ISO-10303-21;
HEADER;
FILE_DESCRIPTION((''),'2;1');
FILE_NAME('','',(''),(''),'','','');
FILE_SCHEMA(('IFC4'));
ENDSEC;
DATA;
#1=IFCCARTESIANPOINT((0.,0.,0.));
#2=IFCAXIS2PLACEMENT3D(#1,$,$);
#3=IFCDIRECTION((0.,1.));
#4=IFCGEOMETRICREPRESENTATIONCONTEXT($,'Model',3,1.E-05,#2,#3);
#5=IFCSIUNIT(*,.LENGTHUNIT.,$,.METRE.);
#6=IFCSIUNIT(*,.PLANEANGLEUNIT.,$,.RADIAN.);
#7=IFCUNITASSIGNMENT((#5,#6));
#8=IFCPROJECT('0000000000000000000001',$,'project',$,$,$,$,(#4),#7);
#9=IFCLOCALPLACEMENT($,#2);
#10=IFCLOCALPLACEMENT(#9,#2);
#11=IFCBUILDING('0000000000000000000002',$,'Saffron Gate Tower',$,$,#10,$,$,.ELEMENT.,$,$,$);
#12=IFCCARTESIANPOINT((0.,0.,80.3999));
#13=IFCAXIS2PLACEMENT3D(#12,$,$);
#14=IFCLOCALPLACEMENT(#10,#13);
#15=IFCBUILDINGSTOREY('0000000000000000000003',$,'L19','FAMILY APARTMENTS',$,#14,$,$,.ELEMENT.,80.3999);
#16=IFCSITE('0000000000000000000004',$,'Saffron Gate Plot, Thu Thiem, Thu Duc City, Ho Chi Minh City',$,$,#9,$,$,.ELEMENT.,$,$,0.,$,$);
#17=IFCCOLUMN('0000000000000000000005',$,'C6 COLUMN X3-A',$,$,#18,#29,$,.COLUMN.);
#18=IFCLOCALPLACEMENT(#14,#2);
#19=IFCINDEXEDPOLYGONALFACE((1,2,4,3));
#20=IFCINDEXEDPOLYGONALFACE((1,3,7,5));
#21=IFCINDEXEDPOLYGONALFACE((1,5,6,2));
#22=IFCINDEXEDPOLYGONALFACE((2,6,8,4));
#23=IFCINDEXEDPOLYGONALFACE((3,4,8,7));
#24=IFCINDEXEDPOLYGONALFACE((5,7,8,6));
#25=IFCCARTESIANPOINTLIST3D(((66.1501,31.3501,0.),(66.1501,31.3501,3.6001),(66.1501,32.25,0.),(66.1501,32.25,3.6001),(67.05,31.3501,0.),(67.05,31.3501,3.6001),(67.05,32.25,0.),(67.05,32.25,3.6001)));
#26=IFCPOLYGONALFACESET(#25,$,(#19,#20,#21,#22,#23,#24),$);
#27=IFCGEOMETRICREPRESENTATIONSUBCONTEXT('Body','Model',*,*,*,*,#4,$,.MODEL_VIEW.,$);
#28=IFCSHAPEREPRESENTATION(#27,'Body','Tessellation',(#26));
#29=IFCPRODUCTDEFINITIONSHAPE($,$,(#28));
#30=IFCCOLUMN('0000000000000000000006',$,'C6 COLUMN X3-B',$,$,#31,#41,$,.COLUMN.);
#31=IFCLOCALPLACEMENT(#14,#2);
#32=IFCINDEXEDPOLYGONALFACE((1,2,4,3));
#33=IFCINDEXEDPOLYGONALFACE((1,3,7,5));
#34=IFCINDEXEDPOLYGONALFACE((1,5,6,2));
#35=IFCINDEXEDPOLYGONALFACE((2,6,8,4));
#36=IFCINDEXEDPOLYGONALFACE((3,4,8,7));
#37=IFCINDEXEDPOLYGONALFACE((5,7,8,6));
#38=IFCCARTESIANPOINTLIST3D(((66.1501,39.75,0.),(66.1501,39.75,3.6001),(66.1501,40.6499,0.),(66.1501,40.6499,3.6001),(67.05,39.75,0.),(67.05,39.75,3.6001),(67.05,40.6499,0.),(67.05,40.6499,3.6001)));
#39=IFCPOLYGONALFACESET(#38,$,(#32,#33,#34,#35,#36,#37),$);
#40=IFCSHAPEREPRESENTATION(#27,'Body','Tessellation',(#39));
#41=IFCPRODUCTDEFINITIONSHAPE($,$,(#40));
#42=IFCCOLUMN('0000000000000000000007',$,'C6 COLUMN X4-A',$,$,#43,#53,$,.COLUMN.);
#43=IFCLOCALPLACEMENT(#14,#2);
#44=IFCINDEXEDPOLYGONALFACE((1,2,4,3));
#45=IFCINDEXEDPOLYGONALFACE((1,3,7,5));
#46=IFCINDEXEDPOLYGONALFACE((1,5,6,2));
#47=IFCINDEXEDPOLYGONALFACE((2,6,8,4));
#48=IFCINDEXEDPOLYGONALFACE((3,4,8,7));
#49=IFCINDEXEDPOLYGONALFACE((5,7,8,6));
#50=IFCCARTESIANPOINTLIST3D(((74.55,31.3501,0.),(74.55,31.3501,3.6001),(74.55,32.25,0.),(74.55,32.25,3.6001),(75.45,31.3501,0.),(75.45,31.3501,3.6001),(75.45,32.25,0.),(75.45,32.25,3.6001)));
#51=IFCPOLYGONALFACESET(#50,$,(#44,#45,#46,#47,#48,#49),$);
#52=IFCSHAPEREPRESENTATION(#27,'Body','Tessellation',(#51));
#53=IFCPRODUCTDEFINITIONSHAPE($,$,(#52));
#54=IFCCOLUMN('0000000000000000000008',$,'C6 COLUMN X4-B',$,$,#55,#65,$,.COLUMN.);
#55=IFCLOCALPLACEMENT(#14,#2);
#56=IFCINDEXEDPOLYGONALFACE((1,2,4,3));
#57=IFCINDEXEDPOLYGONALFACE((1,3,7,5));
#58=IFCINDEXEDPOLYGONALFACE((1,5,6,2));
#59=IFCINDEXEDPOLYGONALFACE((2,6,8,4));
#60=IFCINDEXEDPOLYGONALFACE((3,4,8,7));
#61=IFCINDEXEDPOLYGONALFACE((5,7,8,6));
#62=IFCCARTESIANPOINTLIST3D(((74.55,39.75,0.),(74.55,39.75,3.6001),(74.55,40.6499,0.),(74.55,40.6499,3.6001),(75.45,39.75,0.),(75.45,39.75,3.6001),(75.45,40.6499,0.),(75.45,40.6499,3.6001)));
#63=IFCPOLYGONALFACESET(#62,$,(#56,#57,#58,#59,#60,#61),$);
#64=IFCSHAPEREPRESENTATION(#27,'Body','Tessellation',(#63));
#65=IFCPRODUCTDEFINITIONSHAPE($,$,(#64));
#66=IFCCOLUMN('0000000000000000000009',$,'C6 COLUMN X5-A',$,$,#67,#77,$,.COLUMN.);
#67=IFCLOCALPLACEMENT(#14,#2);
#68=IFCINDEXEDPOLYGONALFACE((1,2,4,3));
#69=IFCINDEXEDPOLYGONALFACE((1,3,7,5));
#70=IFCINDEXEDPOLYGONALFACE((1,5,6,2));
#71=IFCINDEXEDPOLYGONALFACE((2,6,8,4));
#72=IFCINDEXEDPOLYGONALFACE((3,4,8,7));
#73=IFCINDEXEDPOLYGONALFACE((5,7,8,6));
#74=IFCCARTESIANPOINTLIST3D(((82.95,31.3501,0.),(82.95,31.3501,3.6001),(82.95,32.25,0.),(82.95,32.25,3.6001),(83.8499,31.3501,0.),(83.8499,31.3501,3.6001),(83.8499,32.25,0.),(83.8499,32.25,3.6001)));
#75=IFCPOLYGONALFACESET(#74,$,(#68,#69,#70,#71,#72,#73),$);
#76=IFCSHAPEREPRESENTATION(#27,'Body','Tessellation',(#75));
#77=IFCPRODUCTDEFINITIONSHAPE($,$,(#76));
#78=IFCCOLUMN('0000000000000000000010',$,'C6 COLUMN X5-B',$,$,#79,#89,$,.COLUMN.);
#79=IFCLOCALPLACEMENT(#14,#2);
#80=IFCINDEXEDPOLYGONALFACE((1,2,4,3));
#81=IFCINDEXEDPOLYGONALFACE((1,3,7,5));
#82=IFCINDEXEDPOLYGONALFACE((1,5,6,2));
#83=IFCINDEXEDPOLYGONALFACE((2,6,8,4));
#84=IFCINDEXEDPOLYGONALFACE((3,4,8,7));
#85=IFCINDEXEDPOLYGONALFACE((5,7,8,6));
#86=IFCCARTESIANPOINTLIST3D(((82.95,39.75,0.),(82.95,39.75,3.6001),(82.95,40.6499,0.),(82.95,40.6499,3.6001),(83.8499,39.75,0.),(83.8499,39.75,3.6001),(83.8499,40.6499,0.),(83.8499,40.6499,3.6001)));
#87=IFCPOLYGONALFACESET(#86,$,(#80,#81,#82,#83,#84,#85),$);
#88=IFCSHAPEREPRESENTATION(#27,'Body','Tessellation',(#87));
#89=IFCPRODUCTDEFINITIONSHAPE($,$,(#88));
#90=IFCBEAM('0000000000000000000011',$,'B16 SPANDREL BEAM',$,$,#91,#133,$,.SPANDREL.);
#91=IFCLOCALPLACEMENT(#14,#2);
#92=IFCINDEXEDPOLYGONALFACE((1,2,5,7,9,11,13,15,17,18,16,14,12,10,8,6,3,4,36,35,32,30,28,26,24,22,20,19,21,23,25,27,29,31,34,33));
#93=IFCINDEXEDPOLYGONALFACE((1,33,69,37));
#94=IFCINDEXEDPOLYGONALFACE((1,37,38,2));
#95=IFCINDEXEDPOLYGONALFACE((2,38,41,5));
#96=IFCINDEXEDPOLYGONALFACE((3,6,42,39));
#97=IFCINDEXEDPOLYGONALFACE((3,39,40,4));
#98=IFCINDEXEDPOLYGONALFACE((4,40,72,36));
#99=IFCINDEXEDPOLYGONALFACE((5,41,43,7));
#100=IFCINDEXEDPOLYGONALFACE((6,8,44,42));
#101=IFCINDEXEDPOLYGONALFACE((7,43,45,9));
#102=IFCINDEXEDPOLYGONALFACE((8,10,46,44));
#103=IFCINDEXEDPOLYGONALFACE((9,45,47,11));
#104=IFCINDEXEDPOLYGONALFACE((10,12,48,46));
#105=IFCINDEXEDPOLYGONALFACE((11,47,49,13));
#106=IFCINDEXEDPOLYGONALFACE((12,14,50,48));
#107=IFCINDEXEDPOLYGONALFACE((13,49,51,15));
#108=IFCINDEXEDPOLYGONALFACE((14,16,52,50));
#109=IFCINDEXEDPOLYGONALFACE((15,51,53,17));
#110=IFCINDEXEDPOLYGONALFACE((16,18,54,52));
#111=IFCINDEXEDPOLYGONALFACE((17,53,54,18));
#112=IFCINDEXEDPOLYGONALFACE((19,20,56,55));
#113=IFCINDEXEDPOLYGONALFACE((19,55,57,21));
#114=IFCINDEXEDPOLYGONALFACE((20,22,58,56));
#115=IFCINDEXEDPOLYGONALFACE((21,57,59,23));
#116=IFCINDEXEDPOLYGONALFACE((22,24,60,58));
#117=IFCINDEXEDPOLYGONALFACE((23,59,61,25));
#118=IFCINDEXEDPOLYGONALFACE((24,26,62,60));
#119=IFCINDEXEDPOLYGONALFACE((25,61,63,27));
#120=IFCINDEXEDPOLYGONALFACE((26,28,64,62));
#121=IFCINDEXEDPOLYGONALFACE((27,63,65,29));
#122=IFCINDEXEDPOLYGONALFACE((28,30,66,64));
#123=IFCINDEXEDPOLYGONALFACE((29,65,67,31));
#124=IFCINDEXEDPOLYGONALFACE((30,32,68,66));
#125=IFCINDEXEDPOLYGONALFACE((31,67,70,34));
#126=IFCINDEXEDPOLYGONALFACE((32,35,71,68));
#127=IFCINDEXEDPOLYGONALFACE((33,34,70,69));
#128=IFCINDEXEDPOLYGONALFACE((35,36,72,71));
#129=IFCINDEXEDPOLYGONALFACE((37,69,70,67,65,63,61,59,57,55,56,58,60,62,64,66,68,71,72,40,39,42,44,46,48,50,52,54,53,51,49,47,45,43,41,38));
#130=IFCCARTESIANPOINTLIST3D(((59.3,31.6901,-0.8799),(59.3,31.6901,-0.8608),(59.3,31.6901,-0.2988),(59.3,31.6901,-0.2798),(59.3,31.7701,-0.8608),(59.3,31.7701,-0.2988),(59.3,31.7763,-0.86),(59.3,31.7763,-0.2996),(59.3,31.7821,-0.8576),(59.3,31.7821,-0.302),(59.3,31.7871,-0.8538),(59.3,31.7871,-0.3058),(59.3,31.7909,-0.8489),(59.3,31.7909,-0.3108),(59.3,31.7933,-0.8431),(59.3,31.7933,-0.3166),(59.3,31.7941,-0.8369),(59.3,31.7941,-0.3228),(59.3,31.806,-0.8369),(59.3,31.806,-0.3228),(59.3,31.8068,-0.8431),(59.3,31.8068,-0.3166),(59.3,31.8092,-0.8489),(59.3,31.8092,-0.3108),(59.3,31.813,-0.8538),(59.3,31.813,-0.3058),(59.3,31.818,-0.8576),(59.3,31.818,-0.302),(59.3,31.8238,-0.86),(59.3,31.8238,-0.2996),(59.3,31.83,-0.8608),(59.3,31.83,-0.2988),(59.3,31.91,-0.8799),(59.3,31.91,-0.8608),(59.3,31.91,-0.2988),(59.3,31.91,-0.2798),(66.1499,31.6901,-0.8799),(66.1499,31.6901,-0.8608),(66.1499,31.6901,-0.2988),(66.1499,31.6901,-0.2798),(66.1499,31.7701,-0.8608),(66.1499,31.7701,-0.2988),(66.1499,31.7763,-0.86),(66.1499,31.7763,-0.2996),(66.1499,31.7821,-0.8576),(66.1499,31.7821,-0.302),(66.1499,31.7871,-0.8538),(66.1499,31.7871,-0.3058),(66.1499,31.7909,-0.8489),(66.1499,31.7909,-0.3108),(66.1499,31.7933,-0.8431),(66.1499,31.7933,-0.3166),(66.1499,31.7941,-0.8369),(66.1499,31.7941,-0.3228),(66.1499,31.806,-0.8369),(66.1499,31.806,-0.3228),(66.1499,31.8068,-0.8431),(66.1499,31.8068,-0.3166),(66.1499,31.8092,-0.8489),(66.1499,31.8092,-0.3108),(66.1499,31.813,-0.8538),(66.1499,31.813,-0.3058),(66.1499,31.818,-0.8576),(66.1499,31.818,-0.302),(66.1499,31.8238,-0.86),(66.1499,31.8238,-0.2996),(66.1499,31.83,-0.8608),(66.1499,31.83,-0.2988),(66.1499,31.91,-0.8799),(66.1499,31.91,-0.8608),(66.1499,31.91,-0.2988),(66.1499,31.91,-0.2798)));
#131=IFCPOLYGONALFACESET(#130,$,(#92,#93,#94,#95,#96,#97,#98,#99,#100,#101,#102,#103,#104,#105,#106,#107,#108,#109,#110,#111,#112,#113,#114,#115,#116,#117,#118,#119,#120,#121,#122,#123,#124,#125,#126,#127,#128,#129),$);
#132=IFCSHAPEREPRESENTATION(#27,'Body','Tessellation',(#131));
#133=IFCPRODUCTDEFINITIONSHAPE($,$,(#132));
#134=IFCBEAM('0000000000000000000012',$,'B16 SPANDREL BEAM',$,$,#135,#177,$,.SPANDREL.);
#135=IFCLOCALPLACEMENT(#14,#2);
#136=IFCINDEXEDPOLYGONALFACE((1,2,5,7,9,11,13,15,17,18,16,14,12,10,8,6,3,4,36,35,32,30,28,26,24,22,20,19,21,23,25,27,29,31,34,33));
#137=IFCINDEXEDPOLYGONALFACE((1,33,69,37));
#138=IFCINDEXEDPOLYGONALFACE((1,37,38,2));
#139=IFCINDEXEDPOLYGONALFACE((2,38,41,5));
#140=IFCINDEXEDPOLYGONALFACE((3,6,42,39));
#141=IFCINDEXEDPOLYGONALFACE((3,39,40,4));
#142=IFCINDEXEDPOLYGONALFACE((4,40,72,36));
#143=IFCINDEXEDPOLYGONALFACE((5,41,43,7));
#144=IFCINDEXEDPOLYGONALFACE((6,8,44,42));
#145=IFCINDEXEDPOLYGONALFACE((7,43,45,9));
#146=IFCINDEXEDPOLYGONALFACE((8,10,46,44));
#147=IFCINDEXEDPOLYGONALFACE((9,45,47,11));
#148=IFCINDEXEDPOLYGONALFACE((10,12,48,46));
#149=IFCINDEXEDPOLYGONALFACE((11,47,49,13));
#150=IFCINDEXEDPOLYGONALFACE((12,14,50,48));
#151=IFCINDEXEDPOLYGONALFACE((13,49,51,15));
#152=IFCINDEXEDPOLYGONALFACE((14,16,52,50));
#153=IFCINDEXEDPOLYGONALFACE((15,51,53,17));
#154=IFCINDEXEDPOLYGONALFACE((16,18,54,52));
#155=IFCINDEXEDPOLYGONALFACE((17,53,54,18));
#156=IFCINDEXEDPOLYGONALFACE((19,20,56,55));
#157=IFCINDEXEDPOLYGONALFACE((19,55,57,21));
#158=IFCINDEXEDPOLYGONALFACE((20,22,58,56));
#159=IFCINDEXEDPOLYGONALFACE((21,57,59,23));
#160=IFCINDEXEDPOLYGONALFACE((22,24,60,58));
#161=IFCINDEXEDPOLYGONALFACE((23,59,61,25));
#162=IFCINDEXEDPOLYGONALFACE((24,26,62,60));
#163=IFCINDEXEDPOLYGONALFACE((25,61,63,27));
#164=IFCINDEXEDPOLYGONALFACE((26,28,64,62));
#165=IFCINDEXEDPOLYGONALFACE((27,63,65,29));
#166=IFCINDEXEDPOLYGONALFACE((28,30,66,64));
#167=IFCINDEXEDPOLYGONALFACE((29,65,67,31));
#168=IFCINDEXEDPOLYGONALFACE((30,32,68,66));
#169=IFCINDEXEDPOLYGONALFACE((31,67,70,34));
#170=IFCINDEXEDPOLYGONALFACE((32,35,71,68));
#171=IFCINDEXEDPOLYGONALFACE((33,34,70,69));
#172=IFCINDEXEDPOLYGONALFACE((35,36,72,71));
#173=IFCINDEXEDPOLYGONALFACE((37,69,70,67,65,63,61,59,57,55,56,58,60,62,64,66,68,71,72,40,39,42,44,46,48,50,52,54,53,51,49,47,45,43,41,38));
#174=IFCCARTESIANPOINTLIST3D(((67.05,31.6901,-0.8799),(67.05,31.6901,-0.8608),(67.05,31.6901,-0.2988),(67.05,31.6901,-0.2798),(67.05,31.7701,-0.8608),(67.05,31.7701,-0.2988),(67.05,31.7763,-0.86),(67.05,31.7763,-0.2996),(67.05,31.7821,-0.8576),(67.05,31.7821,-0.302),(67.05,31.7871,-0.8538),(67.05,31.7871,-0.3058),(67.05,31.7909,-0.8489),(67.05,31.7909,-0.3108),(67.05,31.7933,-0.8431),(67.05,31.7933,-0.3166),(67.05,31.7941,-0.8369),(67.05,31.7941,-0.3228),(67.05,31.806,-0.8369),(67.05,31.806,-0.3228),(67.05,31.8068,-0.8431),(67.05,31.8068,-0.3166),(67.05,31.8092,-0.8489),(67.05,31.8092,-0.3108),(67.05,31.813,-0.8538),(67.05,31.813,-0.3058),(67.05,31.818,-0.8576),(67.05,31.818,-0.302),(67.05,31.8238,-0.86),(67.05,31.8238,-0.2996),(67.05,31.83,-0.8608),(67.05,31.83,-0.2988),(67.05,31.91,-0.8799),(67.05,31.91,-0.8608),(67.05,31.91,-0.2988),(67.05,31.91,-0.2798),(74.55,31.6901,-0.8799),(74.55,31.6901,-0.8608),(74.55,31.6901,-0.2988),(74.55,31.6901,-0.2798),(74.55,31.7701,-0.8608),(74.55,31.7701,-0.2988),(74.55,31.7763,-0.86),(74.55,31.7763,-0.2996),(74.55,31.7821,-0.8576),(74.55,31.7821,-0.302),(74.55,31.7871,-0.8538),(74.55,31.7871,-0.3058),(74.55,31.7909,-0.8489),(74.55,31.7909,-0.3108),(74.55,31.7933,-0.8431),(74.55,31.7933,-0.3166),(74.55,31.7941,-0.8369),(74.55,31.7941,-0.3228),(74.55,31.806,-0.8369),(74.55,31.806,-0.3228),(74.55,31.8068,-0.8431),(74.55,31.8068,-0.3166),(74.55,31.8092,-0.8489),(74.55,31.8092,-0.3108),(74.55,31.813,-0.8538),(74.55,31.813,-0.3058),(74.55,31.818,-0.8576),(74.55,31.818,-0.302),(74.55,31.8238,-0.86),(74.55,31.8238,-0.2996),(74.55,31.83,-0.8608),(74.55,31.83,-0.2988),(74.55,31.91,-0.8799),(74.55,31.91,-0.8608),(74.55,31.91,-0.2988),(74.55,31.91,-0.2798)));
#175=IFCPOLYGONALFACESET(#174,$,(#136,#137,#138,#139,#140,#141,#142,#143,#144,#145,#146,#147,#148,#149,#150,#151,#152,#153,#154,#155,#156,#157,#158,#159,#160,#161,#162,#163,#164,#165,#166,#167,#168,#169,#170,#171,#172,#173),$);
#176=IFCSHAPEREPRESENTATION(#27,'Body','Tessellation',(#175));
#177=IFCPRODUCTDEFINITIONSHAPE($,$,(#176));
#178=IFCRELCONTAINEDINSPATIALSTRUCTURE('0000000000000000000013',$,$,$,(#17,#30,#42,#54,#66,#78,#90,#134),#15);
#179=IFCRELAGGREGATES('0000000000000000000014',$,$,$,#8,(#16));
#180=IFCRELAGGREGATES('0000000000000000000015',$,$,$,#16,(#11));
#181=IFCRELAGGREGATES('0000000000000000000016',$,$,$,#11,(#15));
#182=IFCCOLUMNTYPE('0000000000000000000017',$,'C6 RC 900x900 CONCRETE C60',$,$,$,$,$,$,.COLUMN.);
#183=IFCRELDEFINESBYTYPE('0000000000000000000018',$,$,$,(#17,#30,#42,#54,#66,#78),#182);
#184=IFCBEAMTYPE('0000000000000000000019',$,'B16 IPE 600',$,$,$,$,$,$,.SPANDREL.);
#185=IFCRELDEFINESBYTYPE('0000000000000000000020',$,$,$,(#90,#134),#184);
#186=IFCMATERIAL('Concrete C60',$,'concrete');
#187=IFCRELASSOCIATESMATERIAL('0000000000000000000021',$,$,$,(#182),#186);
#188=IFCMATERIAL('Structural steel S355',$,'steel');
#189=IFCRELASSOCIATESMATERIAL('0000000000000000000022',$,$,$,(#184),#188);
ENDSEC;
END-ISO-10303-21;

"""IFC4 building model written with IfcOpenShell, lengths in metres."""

from ifc_helpers import new_model, si_unit, direction, frame, origin, origin_2d, place, context, subcontext, project, spatial, rectangle, i_section, extrude, material, material_profile, profile_set, type_object, element, save


model = new_model("IFC4")

# Units and contexts
model_context = context("Model", 3, precision=1e-05, world=origin(), true_north=direction((0.0, 1.0)))
body_context = subcontext(model_context, "Body", "Model", "MODEL_VIEW")
ifc_project = project(units=[si_unit("LENGTHUNIT", "METRE"), si_unit("PLANEANGLEUNIT", "RADIAN")], contexts=[model_context])

# Site, building, storey
site_placement = place(None, origin())
site = spatial("IfcSite", under=ifc_project, at=site_placement, Name="Saffron Gate Plot, Thu Thiem, Thu Duc City, Ho Chi Minh City", CompositionType="ELEMENT", RefElevation=0.0)
building_placement = place(site_placement, origin())
building = spatial("IfcBuilding", under=site, at=building_placement, Name="Saffron Gate Tower", CompositionType="ELEMENT")
storey_placement = place(building_placement, frame((0.0, 0.0, 80.3999)))
storey = spatial("IfcBuildingStorey", under=building, at=storey_placement, Name="L19", Description="FAMILY APARTMENTS", CompositionType="ELEMENT", Elevation=80.3999)

# Columns
ifc_material_1 = material(Name="Concrete C60", Category="concrete")
ifc_material_profile_1 = material_profile(ifc_material_1, rectangle(XDim=0.8999, YDim=0.8999, at=origin_2d()))
ifc_profile_set_1 = profile_set([ifc_material_profile_1], Name="Concrete C60")
column_type = type_object("IfcColumnType", Name="C6 RC 900x900 CONCRETE C60", PredefinedType="COLUMN", material=ifc_profile_set_1)
for number, where, z_axis, x_axis, name in (
    (1, (66.6001, 31.8, 0.0), (0.0, 0.0, 1.0), (1.0, 0.0, 0.0), "C6 COLUMN X3-A"),
    (2, (66.6001, 40.2, 0.0), (0.0, 0.0, 1.0), (1.0, 0.0, 0.0), "C6 COLUMN X3-B"),
    (3, (75.0, 31.8, 0.0), (0.0, 0.0, 1.0), (1.0, 0.0, 0.0), "C6 COLUMN X4-A"),
    (4, (75.0, 40.2, 0.0), (0.0, 0.0, 1.0), (1.0, 0.0, 0.0), "C6 COLUMN X4-B"),
    (5, (83.3999, 31.8, 0.0), (0.0, 0.0, 1.0), (1.0, 0.0, 0.0), "C6 COLUMN X5-A"),
    (6, (83.3999, 40.2, 0.0), (0.0, 0.0, 1.0), (1.0, 0.0, 0.0), "C6 COLUMN X5-B"),
):
    element("IfcColumn", number, at=place(storey_placement, frame(where, z_axis=z_axis, x_axis=x_axis)), inside=storey, type_object=column_type, Name=name, PredefinedType="COLUMN", context=body_context, shape_type="SweptSolid", body=[
        extrude(rectangle(XDim=0.8999, YDim=0.8999, at=origin_2d()), origin(), (0.0, 0.0, 1.0), 3.6001),
    ])

# Beams
ifc_material_2 = material(Name="Structural steel S355", Category="steel")
ifc_material_profile_2 = material_profile(ifc_material_2, i_section(OverallWidth=0.22, OverallDepth=0.6001, WebThickness=0.012, FlangeThickness=0.019, FilletRadius=0.0239, at=origin_2d()))
ifc_profile_set_2 = profile_set([ifc_material_profile_2], Name="Structural steel S355")
beam_type_1 = type_object("IfcBeamType", Name="B16 IPE 600", PredefinedType="SPANDREL", material=ifc_profile_set_2)
beam_1_placement = place(storey_placement, frame((59.3, 31.8, -0.5798), z_axis=(1.0, 0.0, 0.0), x_axis=(0.0, 1.0, 0.0)))
element("IfcBeam", 7, at=beam_1_placement, inside=storey, type_object=beam_type_1, Name="B16 SPANDREL BEAM", PredefinedType="SPANDREL", context=body_context, shape_type="SweptSolid", body=[
    extrude(i_section(OverallWidth=0.22, OverallDepth=0.6001, WebThickness=0.012, FlangeThickness=0.019, FilletRadius=0.0239, at=origin_2d()), origin(), (0.0, 0.0, 1.0), 6.8499),
])
for number, where, z_axis, x_axis, name in (
    (8, (67.05, 31.8, -0.5798), (1.0, 0.0, 0.0), (0.0, 1.0, 0.0), "B16 SPANDREL BEAM"),
):
    element("IfcBeam", number, at=place(storey_placement, frame(where, z_axis=z_axis, x_axis=x_axis)), inside=storey, type_object=beam_type_1, Name=name, PredefinedType="SPANDREL", context=body_context, shape_type="SweptSolid", body=[
        extrude(i_section(OverallWidth=0.22, OverallDepth=0.6001, WebThickness=0.012, FlangeThickness=0.019, FilletRadius=0.0239, at=origin_2d()), origin(), (0.0, 0.0, 1.0), 7.5),
    ])

save(model, "model.ifc")
